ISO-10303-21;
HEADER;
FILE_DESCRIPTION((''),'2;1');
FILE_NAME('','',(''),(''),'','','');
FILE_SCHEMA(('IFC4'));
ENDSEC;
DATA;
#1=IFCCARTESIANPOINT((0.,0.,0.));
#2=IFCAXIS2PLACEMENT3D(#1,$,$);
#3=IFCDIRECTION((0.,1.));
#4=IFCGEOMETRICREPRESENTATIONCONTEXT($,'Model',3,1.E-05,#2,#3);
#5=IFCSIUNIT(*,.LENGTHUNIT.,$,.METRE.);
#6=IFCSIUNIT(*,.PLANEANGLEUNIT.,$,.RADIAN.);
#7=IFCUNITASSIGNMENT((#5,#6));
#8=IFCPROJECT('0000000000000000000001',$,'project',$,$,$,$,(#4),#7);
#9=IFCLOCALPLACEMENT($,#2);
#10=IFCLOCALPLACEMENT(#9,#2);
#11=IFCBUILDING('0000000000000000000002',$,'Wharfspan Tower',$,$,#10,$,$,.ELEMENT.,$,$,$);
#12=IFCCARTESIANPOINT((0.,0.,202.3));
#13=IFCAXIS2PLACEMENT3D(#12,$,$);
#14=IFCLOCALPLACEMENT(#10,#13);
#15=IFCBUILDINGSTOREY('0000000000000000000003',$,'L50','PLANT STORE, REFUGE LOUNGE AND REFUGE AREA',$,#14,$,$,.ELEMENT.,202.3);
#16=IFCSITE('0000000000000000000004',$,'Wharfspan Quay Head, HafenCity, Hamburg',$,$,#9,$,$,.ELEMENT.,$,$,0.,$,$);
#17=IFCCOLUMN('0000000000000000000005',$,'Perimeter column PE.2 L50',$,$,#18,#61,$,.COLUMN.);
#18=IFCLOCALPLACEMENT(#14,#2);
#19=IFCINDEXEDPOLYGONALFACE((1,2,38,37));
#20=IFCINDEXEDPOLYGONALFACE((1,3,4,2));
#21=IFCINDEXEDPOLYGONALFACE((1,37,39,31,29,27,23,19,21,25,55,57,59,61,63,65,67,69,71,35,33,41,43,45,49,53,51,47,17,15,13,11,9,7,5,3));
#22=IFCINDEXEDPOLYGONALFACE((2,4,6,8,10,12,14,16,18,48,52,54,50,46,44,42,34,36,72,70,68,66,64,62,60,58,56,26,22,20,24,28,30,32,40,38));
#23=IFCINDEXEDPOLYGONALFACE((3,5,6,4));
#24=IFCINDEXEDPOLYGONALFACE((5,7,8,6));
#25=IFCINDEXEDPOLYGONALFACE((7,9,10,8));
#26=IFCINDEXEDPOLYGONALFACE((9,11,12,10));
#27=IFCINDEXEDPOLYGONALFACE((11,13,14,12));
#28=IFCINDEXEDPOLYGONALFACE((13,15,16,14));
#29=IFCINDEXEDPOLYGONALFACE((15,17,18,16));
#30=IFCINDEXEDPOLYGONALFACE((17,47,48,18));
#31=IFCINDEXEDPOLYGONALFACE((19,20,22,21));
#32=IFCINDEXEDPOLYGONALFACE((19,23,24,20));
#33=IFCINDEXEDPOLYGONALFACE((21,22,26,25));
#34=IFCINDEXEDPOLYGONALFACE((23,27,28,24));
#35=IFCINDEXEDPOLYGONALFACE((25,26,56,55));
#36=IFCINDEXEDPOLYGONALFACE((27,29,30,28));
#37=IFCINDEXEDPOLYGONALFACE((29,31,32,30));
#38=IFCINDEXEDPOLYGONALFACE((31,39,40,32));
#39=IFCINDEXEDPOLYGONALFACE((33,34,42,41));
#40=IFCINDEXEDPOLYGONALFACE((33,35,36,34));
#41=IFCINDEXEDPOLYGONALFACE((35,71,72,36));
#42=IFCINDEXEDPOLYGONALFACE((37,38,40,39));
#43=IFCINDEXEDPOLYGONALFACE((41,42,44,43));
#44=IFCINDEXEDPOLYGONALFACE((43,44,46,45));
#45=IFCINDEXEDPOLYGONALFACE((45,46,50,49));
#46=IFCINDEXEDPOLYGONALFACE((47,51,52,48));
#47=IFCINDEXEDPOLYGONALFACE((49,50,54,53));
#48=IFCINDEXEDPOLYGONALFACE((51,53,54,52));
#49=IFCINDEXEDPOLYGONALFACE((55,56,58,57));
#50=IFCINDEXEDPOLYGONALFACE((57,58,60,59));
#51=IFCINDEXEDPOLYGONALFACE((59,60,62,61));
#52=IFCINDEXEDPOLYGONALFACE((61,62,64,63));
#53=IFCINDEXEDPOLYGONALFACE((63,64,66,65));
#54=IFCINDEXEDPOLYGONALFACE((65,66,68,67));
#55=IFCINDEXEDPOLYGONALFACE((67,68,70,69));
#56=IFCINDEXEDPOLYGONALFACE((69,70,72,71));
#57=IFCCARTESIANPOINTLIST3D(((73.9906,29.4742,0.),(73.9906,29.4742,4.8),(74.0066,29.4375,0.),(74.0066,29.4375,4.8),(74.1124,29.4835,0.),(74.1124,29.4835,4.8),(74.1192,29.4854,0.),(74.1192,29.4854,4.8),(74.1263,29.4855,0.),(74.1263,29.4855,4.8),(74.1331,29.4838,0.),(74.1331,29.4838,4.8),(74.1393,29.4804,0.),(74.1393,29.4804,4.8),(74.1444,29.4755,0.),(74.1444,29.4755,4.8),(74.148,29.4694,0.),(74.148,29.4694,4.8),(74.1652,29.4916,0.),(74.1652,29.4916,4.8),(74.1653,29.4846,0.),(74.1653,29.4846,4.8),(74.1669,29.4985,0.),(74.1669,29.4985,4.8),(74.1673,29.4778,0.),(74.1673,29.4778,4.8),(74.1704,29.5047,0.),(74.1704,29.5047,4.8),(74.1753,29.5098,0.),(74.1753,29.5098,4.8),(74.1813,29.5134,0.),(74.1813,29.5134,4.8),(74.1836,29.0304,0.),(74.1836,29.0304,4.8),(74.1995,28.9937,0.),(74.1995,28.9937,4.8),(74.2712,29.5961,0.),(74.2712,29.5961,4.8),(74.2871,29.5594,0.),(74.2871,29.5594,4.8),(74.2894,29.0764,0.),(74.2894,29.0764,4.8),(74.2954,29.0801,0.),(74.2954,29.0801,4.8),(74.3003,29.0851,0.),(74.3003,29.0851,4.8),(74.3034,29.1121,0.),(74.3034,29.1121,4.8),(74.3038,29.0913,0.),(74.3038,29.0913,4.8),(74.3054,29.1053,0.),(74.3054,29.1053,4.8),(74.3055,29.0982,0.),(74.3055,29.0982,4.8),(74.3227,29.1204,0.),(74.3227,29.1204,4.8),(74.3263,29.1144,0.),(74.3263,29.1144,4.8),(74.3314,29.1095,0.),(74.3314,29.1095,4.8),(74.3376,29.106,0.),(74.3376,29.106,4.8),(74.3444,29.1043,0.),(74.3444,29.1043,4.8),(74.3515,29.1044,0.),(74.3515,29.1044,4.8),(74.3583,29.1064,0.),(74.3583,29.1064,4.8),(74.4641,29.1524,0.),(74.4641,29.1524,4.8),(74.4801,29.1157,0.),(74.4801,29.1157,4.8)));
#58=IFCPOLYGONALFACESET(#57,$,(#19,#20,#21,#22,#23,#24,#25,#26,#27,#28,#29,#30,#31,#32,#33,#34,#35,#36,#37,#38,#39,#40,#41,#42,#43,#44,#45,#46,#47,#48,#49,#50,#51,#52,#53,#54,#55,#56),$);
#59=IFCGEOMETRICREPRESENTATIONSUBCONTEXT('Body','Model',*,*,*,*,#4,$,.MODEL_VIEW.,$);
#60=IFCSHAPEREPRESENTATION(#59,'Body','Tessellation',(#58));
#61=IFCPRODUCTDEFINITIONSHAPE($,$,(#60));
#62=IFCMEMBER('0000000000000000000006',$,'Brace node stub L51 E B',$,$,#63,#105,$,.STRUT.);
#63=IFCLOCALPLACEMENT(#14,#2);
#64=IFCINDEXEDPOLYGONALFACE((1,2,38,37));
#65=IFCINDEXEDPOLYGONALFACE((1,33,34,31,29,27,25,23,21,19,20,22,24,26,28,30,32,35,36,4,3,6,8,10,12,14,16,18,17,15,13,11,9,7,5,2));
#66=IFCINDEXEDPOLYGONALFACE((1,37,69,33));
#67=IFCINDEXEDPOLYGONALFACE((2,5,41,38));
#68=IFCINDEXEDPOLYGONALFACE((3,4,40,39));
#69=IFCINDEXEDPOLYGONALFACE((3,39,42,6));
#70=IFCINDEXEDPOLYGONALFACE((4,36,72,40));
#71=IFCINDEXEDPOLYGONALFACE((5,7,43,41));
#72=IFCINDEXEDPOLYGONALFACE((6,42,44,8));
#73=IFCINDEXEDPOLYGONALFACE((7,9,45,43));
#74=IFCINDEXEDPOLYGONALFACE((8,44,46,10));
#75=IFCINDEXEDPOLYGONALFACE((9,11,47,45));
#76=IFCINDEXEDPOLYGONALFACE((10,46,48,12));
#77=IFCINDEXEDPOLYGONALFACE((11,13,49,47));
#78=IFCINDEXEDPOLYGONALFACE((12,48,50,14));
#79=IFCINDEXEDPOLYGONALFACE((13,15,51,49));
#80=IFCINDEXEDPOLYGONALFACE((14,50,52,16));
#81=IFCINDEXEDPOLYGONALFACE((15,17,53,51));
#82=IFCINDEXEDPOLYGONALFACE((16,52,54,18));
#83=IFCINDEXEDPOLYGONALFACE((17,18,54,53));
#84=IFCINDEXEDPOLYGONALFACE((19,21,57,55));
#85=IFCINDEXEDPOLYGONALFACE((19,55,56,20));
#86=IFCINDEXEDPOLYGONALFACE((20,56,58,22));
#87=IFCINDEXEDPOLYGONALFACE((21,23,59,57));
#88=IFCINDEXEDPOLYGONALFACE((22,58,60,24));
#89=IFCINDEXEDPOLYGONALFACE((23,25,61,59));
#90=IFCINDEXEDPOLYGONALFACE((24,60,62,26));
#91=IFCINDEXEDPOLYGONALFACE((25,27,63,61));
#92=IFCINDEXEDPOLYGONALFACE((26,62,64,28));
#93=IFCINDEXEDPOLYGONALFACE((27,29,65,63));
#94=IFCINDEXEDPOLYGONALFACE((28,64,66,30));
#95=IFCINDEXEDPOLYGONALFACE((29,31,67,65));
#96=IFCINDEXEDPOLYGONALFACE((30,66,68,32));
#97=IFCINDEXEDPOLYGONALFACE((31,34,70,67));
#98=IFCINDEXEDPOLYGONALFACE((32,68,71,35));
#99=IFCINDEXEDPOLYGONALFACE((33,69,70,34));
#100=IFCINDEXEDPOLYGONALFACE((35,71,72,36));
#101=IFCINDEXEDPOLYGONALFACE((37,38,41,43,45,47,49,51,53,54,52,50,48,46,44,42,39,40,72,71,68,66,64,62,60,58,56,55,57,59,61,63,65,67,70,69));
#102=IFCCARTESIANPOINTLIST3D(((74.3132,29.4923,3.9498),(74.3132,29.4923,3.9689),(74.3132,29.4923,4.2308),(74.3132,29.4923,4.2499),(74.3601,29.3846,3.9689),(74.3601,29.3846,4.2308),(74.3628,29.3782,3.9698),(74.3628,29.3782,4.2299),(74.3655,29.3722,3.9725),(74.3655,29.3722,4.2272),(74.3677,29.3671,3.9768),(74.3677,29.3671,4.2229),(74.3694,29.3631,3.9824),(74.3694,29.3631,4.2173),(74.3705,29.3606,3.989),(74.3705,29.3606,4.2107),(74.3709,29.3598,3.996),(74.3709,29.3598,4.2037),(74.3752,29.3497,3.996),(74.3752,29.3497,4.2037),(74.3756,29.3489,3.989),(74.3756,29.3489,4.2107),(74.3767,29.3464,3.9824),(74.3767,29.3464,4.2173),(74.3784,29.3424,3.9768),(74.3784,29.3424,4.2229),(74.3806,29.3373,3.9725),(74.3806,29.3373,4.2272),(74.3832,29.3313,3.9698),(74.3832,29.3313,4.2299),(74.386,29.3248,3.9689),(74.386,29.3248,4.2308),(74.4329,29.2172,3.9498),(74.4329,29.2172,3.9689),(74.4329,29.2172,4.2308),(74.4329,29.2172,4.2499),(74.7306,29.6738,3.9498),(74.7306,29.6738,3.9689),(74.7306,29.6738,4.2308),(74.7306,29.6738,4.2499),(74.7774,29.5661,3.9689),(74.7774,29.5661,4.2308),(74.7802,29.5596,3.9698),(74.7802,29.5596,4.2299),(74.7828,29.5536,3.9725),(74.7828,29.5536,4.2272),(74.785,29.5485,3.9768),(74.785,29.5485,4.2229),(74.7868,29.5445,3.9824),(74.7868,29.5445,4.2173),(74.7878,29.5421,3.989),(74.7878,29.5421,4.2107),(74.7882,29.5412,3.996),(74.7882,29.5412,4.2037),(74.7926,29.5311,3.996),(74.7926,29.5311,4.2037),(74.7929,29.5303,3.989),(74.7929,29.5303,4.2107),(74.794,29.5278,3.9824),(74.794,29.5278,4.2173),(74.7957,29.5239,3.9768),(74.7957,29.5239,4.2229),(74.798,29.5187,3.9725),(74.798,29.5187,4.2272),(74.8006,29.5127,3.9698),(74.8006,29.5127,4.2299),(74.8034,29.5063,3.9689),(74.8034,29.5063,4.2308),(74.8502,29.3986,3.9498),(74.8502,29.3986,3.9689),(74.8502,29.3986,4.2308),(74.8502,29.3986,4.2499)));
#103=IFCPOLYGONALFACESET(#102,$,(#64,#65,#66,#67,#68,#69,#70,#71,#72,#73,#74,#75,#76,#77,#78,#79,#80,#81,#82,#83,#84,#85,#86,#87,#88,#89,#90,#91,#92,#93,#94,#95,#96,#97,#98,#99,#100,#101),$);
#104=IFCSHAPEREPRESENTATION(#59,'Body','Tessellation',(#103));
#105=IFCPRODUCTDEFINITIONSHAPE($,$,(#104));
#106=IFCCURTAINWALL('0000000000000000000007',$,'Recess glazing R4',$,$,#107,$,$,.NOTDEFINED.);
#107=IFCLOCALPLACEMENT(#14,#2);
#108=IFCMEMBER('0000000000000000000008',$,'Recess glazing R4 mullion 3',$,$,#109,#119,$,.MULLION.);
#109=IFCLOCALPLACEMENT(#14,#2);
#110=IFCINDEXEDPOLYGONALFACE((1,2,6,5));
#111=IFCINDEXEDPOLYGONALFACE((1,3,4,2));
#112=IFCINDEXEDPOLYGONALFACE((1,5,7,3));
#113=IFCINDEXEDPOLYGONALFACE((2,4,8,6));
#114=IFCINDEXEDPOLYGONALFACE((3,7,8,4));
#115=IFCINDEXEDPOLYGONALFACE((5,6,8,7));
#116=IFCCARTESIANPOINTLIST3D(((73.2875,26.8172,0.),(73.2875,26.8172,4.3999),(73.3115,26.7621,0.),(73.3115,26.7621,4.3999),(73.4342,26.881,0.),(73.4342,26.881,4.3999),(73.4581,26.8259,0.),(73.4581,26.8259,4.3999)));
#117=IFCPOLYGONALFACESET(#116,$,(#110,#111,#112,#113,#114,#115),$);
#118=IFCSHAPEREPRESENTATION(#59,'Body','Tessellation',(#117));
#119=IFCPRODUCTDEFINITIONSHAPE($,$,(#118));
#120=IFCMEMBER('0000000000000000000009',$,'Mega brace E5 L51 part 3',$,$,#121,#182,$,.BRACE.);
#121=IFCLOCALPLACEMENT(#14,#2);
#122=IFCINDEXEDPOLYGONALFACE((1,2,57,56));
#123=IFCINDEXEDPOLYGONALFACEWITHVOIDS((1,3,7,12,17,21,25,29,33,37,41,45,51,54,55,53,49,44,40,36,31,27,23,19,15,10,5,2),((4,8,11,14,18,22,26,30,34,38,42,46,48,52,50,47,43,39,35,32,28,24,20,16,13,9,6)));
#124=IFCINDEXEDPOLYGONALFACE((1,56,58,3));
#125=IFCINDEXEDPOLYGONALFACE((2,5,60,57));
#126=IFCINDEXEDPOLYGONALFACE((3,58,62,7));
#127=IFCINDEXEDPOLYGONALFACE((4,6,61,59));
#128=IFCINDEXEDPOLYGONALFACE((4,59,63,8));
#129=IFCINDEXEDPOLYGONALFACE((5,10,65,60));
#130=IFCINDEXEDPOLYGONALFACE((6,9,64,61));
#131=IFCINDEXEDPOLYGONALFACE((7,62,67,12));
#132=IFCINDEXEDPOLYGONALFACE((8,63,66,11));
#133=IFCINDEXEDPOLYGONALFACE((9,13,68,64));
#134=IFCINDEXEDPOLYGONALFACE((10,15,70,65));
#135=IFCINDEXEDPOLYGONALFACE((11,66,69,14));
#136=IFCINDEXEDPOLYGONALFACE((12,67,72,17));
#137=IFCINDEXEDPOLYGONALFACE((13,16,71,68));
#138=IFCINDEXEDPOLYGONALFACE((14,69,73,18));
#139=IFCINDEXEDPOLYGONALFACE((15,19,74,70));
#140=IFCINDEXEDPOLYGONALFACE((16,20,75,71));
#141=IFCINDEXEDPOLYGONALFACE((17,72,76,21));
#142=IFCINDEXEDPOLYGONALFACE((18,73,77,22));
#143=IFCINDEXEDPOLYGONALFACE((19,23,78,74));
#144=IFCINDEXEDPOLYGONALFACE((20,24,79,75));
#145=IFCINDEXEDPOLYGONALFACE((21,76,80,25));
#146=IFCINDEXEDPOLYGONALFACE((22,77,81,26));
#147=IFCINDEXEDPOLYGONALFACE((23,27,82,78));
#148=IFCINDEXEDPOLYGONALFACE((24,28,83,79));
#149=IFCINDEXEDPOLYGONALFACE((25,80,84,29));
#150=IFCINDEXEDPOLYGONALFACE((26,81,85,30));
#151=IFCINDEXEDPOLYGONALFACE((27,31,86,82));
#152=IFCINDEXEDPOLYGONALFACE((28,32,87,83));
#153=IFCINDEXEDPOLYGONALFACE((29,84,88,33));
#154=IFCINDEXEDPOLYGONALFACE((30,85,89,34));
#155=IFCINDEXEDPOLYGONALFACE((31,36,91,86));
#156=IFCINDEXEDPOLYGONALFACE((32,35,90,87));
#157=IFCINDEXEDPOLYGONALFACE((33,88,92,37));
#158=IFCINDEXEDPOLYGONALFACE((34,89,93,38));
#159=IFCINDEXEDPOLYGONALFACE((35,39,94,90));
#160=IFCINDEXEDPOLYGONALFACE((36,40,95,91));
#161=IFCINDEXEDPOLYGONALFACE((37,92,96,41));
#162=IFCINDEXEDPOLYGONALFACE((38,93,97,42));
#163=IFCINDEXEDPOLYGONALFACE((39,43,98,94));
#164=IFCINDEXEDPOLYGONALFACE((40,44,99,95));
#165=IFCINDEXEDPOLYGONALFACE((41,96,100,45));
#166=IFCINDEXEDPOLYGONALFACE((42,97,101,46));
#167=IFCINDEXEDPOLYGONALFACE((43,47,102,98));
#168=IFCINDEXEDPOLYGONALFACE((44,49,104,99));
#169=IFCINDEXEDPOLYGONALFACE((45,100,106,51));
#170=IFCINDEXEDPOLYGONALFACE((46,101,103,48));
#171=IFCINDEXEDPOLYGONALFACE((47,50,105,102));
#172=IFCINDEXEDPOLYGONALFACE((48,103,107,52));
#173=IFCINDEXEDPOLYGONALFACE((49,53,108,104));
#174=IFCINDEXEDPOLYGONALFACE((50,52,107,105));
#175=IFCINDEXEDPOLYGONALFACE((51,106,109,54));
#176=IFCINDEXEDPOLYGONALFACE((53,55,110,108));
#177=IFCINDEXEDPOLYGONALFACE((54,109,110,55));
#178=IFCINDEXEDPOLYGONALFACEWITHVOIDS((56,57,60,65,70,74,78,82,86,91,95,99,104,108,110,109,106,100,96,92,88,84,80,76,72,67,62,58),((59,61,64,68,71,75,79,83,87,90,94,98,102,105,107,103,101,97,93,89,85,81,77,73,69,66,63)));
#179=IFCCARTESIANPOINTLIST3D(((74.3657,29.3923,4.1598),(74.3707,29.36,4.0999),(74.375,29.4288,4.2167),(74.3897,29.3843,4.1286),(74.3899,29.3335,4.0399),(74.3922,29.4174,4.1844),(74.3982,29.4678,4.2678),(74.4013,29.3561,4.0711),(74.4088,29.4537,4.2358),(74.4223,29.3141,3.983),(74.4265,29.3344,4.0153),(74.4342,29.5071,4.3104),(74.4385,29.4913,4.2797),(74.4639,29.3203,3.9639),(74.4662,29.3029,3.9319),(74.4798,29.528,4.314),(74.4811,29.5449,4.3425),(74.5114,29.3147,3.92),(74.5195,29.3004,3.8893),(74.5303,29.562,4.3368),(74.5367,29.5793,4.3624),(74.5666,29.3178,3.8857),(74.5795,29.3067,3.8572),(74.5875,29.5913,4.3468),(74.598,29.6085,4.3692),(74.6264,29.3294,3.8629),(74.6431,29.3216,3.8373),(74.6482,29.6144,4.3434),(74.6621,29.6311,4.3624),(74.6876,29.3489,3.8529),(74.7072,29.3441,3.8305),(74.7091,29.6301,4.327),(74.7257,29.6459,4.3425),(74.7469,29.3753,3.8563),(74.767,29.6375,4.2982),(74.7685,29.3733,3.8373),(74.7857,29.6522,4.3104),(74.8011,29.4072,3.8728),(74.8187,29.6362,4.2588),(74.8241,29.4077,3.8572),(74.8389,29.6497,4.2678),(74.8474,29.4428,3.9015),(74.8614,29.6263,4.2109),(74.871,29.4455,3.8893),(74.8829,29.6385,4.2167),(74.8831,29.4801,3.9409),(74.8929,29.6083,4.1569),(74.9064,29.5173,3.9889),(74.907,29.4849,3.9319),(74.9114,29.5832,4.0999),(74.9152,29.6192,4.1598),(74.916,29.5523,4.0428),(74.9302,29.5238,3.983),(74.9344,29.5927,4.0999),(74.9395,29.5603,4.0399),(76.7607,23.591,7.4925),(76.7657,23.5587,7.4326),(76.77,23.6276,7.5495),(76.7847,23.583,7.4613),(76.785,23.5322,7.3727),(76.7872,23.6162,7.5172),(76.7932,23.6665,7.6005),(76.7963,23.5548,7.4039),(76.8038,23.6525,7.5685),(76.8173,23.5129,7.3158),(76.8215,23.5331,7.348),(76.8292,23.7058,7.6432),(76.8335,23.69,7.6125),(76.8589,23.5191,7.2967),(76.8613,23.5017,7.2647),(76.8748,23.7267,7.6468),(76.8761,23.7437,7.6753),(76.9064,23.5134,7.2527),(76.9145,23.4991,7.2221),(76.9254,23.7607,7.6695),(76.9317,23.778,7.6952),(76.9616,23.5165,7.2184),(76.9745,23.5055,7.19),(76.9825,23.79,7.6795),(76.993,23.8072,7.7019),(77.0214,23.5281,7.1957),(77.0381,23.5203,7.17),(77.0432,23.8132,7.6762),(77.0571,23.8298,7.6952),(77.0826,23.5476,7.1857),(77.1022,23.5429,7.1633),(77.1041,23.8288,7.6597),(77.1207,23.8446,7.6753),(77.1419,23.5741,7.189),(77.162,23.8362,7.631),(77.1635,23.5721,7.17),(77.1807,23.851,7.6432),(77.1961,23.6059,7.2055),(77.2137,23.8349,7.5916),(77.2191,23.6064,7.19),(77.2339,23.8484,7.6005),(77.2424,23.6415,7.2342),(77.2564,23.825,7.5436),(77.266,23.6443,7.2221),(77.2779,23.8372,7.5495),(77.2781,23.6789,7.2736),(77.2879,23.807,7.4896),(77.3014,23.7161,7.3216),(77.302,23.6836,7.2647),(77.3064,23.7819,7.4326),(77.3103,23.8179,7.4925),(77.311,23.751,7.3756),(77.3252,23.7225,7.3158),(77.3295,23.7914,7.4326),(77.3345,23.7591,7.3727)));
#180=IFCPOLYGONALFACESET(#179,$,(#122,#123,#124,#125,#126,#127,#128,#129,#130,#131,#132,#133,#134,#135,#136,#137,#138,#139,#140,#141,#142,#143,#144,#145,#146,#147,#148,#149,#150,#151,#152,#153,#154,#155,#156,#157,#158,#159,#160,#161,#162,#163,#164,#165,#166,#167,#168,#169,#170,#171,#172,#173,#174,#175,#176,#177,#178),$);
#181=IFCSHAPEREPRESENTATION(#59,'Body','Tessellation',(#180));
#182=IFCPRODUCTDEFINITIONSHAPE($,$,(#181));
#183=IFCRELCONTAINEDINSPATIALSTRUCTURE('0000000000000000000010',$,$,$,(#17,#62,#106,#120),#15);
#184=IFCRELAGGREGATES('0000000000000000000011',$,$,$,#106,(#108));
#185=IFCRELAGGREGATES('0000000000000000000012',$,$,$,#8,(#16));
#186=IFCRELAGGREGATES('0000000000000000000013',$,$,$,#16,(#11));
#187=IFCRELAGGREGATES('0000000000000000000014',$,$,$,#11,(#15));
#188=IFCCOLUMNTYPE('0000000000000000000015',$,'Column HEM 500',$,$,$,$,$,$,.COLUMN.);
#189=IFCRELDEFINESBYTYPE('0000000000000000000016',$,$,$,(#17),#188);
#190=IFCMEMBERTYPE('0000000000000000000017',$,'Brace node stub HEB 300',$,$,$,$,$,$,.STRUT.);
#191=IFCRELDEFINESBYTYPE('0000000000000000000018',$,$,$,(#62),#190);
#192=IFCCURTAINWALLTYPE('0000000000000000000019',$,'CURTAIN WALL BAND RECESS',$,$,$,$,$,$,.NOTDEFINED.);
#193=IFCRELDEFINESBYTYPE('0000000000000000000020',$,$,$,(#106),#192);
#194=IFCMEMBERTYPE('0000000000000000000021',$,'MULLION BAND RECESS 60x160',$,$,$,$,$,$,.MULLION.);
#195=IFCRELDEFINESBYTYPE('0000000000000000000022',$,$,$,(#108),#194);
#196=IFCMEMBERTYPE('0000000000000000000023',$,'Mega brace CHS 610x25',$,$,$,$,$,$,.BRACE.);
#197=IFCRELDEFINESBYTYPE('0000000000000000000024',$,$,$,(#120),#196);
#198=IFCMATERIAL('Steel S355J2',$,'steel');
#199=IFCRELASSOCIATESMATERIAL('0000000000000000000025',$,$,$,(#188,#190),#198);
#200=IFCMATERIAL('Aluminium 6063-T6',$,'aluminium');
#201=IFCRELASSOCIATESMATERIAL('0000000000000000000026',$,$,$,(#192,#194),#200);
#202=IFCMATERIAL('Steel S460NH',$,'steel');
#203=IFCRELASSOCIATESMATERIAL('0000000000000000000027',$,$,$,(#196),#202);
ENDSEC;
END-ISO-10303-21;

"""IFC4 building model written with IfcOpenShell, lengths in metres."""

from ifc_helpers import new_model, si_unit, direction, frame, origin, origin_2d, place, context, subcontext, project, spatial, rectangle, hollow_circle, i_section, extrude, material, material_profile, profile_set, type_object, element, aggregate, save


model = new_model("IFC4")

# Units and contexts
model_context = context("Model", 3, precision=1e-05, world=origin(), true_north=direction((0.0, 1.0)))
body_context = subcontext(model_context, "Body", "Model", "MODEL_VIEW")
ifc_project = project(units=[si_unit("LENGTHUNIT", "METRE"), si_unit("PLANEANGLEUNIT", "RADIAN")], contexts=[model_context])

# Site, building, storey
site_placement = place(None, origin())
site = spatial("IfcSite", under=ifc_project, at=site_placement, Name="Wharfspan Quay Head, HafenCity, Hamburg", CompositionType="ELEMENT", RefElevation=0.0)
building_placement = place(site_placement, origin())
building = spatial("IfcBuilding", under=site, at=building_placement, Name="Wharfspan Tower", CompositionType="ELEMENT")
storey_placement = place(building_placement, frame((0.0, 0.0, 202.3)))
storey = spatial("IfcBuildingStorey", under=building, at=storey_placement, Name="L50", Description="PLANT STORE, REFUGE LOUNGE AND REFUGE AREA", CompositionType="ELEMENT", Elevation=202.3)

# Column
ifc_material_1 = material(Name="Steel S355J2", Category="steel")
ifc_material_profile_1 = material_profile(ifc_material_1, i_section(OverallWidth=0.3059, OverallDepth=0.5239, WebThickness=0.021, FlangeThickness=0.04, FilletRadius=0.0271, at=origin_2d()))
ifc_profile_set_1 = profile_set([ifc_material_profile_1], Name="Steel S355J2")
column_type = type_object("IfcColumnType", Name="Column HEM 500", PredefinedType="COLUMN", material=ifc_profile_set_1)
column_placement = place(storey_placement, frame((74.2354, 29.2949, 0.0), z_axis=(0.0, 0.0, 1.0), x_axis=(0.917072, 0.398727, 0.0)))
element("IfcColumn", 1, at=column_placement, inside=storey, type_object=column_type, Name="Perimeter column PE.2 L50", PredefinedType="COLUMN", context=body_context, shape_type="SweptSolid", body=[
    extrude(i_section(OverallWidth=0.3059, OverallDepth=0.5239, WebThickness=0.021, FlangeThickness=0.04, FilletRadius=0.0271, at=origin_2d()), origin(), (0.0, 0.0, 1.0), 4.8),
])

# Member
ifc_material_profile_2 = material_profile(ifc_material_1, i_section(OverallWidth=0.3, OverallDepth=0.3, WebThickness=0.011, FlangeThickness=0.019, FilletRadius=0.0271, at=origin_2d()))
ifc_profile_set_2 = profile_set([ifc_material_profile_2], Name="Steel S355J2")
member_type_1 = type_object("IfcMemberType", Name="Brace node stub HEB 300", PredefinedType="STRUT", material=ifc_profile_set_2)
member_1_placement = place(storey_placement, frame((74.373, 29.3547, 4.0999), z_axis=(0.917079, 0.398706, 0.0), x_axis=(-0.398706, 0.917079, 0.0)))
element("IfcMember", 2, at=member_1_placement, inside=storey, type_object=member_type_1, Name="Brace node stub L51 E B", PredefinedType="STRUT", context=body_context, shape_type="SweptSolid", body=[
    extrude(i_section(OverallWidth=0.3, OverallDepth=0.3, WebThickness=0.011, FlangeThickness=0.019, FilletRadius=0.0271, at=origin_2d()), origin(), (0.0, 0.0, 1.0), 0.4551),
])

# Curtain wall, member
ifc_material_2 = material(Name="Aluminium 6063-T6", Category="aluminium")
curtain_wall_type = type_object("IfcCurtainWallType", Name="CURTAIN WALL BAND RECESS", PredefinedType="NOTDEFINED", material=ifc_material_2)
curtain_wall_placement = place(storey_placement, origin())
curtain_wall = element("IfcCurtainWall", 3, at=curtain_wall_placement, inside=storey, type_object=curtain_wall_type, Name="Recess glazing R4", PredefinedType="NOTDEFINED")
ifc_material_profile_3 = material_profile(ifc_material_2, rectangle(XDim=0.1599, YDim=0.0601, at=origin_2d()))
ifc_profile_set_3 = profile_set([ifc_material_profile_3], Name="Aluminium 6063-T6")
member_type_2 = type_object("IfcMemberType", Name="MULLION BAND RECESS 60x160", PredefinedType="MULLION", material=ifc_profile_set_3)
member_2_placement = place(storey_placement, frame((73.3728, 26.8215, 0.0), z_axis=(0.0, 0.0, 1.0), x_axis=(0.917072, 0.398727, 0.0)))
member_2 = element("IfcMember", 4, at=member_2_placement, type_object=member_type_2, Name="Recess glazing R4 mullion 3", PredefinedType="MULLION", context=body_context, shape_type="SweptSolid", body=[
    extrude(rectangle(XDim=0.1599, YDim=0.0601, at=origin_2d()), origin(), (0.0, 0.0, 1.0), 4.3999),
])

# Member
ifc_material_3 = material(Name="Steel S460NH", Category="steel")
ifc_material_profile_4 = material_profile(ifc_material_3, hollow_circle(Radius=0.3049, WallThickness=0.0249, at=origin_2d()))
ifc_profile_set_4 = profile_set([ifc_material_profile_4], Name="Steel S460NH")
member_type_3 = type_object("IfcMemberType", Name="Mega brace CHS 610x25", PredefinedType="BRACE", material=ifc_profile_set_4)
member_3_placement = place(storey_placement, frame((74.6526, 29.4763, 4.0999), z_axis=(0.337032, -0.816367, 0.468993), x_axis=(0.92433, 0.381605, 0.000002)))
element("IfcMember", 5, at=member_3_placement, inside=storey, type_object=member_type_3, Name="Mega brace E5 L51 part 3", PredefinedType="BRACE", context=body_context, shape_type="SweptSolid", body=[
    extrude(hollow_circle(Radius=0.3049, WallThickness=0.0249, at=origin_2d()), origin(), (0.0, 0.0, 1.0), 7.1062),
])

aggregate(curtain_wall, [member_2])

save(model, "model.ifc")
